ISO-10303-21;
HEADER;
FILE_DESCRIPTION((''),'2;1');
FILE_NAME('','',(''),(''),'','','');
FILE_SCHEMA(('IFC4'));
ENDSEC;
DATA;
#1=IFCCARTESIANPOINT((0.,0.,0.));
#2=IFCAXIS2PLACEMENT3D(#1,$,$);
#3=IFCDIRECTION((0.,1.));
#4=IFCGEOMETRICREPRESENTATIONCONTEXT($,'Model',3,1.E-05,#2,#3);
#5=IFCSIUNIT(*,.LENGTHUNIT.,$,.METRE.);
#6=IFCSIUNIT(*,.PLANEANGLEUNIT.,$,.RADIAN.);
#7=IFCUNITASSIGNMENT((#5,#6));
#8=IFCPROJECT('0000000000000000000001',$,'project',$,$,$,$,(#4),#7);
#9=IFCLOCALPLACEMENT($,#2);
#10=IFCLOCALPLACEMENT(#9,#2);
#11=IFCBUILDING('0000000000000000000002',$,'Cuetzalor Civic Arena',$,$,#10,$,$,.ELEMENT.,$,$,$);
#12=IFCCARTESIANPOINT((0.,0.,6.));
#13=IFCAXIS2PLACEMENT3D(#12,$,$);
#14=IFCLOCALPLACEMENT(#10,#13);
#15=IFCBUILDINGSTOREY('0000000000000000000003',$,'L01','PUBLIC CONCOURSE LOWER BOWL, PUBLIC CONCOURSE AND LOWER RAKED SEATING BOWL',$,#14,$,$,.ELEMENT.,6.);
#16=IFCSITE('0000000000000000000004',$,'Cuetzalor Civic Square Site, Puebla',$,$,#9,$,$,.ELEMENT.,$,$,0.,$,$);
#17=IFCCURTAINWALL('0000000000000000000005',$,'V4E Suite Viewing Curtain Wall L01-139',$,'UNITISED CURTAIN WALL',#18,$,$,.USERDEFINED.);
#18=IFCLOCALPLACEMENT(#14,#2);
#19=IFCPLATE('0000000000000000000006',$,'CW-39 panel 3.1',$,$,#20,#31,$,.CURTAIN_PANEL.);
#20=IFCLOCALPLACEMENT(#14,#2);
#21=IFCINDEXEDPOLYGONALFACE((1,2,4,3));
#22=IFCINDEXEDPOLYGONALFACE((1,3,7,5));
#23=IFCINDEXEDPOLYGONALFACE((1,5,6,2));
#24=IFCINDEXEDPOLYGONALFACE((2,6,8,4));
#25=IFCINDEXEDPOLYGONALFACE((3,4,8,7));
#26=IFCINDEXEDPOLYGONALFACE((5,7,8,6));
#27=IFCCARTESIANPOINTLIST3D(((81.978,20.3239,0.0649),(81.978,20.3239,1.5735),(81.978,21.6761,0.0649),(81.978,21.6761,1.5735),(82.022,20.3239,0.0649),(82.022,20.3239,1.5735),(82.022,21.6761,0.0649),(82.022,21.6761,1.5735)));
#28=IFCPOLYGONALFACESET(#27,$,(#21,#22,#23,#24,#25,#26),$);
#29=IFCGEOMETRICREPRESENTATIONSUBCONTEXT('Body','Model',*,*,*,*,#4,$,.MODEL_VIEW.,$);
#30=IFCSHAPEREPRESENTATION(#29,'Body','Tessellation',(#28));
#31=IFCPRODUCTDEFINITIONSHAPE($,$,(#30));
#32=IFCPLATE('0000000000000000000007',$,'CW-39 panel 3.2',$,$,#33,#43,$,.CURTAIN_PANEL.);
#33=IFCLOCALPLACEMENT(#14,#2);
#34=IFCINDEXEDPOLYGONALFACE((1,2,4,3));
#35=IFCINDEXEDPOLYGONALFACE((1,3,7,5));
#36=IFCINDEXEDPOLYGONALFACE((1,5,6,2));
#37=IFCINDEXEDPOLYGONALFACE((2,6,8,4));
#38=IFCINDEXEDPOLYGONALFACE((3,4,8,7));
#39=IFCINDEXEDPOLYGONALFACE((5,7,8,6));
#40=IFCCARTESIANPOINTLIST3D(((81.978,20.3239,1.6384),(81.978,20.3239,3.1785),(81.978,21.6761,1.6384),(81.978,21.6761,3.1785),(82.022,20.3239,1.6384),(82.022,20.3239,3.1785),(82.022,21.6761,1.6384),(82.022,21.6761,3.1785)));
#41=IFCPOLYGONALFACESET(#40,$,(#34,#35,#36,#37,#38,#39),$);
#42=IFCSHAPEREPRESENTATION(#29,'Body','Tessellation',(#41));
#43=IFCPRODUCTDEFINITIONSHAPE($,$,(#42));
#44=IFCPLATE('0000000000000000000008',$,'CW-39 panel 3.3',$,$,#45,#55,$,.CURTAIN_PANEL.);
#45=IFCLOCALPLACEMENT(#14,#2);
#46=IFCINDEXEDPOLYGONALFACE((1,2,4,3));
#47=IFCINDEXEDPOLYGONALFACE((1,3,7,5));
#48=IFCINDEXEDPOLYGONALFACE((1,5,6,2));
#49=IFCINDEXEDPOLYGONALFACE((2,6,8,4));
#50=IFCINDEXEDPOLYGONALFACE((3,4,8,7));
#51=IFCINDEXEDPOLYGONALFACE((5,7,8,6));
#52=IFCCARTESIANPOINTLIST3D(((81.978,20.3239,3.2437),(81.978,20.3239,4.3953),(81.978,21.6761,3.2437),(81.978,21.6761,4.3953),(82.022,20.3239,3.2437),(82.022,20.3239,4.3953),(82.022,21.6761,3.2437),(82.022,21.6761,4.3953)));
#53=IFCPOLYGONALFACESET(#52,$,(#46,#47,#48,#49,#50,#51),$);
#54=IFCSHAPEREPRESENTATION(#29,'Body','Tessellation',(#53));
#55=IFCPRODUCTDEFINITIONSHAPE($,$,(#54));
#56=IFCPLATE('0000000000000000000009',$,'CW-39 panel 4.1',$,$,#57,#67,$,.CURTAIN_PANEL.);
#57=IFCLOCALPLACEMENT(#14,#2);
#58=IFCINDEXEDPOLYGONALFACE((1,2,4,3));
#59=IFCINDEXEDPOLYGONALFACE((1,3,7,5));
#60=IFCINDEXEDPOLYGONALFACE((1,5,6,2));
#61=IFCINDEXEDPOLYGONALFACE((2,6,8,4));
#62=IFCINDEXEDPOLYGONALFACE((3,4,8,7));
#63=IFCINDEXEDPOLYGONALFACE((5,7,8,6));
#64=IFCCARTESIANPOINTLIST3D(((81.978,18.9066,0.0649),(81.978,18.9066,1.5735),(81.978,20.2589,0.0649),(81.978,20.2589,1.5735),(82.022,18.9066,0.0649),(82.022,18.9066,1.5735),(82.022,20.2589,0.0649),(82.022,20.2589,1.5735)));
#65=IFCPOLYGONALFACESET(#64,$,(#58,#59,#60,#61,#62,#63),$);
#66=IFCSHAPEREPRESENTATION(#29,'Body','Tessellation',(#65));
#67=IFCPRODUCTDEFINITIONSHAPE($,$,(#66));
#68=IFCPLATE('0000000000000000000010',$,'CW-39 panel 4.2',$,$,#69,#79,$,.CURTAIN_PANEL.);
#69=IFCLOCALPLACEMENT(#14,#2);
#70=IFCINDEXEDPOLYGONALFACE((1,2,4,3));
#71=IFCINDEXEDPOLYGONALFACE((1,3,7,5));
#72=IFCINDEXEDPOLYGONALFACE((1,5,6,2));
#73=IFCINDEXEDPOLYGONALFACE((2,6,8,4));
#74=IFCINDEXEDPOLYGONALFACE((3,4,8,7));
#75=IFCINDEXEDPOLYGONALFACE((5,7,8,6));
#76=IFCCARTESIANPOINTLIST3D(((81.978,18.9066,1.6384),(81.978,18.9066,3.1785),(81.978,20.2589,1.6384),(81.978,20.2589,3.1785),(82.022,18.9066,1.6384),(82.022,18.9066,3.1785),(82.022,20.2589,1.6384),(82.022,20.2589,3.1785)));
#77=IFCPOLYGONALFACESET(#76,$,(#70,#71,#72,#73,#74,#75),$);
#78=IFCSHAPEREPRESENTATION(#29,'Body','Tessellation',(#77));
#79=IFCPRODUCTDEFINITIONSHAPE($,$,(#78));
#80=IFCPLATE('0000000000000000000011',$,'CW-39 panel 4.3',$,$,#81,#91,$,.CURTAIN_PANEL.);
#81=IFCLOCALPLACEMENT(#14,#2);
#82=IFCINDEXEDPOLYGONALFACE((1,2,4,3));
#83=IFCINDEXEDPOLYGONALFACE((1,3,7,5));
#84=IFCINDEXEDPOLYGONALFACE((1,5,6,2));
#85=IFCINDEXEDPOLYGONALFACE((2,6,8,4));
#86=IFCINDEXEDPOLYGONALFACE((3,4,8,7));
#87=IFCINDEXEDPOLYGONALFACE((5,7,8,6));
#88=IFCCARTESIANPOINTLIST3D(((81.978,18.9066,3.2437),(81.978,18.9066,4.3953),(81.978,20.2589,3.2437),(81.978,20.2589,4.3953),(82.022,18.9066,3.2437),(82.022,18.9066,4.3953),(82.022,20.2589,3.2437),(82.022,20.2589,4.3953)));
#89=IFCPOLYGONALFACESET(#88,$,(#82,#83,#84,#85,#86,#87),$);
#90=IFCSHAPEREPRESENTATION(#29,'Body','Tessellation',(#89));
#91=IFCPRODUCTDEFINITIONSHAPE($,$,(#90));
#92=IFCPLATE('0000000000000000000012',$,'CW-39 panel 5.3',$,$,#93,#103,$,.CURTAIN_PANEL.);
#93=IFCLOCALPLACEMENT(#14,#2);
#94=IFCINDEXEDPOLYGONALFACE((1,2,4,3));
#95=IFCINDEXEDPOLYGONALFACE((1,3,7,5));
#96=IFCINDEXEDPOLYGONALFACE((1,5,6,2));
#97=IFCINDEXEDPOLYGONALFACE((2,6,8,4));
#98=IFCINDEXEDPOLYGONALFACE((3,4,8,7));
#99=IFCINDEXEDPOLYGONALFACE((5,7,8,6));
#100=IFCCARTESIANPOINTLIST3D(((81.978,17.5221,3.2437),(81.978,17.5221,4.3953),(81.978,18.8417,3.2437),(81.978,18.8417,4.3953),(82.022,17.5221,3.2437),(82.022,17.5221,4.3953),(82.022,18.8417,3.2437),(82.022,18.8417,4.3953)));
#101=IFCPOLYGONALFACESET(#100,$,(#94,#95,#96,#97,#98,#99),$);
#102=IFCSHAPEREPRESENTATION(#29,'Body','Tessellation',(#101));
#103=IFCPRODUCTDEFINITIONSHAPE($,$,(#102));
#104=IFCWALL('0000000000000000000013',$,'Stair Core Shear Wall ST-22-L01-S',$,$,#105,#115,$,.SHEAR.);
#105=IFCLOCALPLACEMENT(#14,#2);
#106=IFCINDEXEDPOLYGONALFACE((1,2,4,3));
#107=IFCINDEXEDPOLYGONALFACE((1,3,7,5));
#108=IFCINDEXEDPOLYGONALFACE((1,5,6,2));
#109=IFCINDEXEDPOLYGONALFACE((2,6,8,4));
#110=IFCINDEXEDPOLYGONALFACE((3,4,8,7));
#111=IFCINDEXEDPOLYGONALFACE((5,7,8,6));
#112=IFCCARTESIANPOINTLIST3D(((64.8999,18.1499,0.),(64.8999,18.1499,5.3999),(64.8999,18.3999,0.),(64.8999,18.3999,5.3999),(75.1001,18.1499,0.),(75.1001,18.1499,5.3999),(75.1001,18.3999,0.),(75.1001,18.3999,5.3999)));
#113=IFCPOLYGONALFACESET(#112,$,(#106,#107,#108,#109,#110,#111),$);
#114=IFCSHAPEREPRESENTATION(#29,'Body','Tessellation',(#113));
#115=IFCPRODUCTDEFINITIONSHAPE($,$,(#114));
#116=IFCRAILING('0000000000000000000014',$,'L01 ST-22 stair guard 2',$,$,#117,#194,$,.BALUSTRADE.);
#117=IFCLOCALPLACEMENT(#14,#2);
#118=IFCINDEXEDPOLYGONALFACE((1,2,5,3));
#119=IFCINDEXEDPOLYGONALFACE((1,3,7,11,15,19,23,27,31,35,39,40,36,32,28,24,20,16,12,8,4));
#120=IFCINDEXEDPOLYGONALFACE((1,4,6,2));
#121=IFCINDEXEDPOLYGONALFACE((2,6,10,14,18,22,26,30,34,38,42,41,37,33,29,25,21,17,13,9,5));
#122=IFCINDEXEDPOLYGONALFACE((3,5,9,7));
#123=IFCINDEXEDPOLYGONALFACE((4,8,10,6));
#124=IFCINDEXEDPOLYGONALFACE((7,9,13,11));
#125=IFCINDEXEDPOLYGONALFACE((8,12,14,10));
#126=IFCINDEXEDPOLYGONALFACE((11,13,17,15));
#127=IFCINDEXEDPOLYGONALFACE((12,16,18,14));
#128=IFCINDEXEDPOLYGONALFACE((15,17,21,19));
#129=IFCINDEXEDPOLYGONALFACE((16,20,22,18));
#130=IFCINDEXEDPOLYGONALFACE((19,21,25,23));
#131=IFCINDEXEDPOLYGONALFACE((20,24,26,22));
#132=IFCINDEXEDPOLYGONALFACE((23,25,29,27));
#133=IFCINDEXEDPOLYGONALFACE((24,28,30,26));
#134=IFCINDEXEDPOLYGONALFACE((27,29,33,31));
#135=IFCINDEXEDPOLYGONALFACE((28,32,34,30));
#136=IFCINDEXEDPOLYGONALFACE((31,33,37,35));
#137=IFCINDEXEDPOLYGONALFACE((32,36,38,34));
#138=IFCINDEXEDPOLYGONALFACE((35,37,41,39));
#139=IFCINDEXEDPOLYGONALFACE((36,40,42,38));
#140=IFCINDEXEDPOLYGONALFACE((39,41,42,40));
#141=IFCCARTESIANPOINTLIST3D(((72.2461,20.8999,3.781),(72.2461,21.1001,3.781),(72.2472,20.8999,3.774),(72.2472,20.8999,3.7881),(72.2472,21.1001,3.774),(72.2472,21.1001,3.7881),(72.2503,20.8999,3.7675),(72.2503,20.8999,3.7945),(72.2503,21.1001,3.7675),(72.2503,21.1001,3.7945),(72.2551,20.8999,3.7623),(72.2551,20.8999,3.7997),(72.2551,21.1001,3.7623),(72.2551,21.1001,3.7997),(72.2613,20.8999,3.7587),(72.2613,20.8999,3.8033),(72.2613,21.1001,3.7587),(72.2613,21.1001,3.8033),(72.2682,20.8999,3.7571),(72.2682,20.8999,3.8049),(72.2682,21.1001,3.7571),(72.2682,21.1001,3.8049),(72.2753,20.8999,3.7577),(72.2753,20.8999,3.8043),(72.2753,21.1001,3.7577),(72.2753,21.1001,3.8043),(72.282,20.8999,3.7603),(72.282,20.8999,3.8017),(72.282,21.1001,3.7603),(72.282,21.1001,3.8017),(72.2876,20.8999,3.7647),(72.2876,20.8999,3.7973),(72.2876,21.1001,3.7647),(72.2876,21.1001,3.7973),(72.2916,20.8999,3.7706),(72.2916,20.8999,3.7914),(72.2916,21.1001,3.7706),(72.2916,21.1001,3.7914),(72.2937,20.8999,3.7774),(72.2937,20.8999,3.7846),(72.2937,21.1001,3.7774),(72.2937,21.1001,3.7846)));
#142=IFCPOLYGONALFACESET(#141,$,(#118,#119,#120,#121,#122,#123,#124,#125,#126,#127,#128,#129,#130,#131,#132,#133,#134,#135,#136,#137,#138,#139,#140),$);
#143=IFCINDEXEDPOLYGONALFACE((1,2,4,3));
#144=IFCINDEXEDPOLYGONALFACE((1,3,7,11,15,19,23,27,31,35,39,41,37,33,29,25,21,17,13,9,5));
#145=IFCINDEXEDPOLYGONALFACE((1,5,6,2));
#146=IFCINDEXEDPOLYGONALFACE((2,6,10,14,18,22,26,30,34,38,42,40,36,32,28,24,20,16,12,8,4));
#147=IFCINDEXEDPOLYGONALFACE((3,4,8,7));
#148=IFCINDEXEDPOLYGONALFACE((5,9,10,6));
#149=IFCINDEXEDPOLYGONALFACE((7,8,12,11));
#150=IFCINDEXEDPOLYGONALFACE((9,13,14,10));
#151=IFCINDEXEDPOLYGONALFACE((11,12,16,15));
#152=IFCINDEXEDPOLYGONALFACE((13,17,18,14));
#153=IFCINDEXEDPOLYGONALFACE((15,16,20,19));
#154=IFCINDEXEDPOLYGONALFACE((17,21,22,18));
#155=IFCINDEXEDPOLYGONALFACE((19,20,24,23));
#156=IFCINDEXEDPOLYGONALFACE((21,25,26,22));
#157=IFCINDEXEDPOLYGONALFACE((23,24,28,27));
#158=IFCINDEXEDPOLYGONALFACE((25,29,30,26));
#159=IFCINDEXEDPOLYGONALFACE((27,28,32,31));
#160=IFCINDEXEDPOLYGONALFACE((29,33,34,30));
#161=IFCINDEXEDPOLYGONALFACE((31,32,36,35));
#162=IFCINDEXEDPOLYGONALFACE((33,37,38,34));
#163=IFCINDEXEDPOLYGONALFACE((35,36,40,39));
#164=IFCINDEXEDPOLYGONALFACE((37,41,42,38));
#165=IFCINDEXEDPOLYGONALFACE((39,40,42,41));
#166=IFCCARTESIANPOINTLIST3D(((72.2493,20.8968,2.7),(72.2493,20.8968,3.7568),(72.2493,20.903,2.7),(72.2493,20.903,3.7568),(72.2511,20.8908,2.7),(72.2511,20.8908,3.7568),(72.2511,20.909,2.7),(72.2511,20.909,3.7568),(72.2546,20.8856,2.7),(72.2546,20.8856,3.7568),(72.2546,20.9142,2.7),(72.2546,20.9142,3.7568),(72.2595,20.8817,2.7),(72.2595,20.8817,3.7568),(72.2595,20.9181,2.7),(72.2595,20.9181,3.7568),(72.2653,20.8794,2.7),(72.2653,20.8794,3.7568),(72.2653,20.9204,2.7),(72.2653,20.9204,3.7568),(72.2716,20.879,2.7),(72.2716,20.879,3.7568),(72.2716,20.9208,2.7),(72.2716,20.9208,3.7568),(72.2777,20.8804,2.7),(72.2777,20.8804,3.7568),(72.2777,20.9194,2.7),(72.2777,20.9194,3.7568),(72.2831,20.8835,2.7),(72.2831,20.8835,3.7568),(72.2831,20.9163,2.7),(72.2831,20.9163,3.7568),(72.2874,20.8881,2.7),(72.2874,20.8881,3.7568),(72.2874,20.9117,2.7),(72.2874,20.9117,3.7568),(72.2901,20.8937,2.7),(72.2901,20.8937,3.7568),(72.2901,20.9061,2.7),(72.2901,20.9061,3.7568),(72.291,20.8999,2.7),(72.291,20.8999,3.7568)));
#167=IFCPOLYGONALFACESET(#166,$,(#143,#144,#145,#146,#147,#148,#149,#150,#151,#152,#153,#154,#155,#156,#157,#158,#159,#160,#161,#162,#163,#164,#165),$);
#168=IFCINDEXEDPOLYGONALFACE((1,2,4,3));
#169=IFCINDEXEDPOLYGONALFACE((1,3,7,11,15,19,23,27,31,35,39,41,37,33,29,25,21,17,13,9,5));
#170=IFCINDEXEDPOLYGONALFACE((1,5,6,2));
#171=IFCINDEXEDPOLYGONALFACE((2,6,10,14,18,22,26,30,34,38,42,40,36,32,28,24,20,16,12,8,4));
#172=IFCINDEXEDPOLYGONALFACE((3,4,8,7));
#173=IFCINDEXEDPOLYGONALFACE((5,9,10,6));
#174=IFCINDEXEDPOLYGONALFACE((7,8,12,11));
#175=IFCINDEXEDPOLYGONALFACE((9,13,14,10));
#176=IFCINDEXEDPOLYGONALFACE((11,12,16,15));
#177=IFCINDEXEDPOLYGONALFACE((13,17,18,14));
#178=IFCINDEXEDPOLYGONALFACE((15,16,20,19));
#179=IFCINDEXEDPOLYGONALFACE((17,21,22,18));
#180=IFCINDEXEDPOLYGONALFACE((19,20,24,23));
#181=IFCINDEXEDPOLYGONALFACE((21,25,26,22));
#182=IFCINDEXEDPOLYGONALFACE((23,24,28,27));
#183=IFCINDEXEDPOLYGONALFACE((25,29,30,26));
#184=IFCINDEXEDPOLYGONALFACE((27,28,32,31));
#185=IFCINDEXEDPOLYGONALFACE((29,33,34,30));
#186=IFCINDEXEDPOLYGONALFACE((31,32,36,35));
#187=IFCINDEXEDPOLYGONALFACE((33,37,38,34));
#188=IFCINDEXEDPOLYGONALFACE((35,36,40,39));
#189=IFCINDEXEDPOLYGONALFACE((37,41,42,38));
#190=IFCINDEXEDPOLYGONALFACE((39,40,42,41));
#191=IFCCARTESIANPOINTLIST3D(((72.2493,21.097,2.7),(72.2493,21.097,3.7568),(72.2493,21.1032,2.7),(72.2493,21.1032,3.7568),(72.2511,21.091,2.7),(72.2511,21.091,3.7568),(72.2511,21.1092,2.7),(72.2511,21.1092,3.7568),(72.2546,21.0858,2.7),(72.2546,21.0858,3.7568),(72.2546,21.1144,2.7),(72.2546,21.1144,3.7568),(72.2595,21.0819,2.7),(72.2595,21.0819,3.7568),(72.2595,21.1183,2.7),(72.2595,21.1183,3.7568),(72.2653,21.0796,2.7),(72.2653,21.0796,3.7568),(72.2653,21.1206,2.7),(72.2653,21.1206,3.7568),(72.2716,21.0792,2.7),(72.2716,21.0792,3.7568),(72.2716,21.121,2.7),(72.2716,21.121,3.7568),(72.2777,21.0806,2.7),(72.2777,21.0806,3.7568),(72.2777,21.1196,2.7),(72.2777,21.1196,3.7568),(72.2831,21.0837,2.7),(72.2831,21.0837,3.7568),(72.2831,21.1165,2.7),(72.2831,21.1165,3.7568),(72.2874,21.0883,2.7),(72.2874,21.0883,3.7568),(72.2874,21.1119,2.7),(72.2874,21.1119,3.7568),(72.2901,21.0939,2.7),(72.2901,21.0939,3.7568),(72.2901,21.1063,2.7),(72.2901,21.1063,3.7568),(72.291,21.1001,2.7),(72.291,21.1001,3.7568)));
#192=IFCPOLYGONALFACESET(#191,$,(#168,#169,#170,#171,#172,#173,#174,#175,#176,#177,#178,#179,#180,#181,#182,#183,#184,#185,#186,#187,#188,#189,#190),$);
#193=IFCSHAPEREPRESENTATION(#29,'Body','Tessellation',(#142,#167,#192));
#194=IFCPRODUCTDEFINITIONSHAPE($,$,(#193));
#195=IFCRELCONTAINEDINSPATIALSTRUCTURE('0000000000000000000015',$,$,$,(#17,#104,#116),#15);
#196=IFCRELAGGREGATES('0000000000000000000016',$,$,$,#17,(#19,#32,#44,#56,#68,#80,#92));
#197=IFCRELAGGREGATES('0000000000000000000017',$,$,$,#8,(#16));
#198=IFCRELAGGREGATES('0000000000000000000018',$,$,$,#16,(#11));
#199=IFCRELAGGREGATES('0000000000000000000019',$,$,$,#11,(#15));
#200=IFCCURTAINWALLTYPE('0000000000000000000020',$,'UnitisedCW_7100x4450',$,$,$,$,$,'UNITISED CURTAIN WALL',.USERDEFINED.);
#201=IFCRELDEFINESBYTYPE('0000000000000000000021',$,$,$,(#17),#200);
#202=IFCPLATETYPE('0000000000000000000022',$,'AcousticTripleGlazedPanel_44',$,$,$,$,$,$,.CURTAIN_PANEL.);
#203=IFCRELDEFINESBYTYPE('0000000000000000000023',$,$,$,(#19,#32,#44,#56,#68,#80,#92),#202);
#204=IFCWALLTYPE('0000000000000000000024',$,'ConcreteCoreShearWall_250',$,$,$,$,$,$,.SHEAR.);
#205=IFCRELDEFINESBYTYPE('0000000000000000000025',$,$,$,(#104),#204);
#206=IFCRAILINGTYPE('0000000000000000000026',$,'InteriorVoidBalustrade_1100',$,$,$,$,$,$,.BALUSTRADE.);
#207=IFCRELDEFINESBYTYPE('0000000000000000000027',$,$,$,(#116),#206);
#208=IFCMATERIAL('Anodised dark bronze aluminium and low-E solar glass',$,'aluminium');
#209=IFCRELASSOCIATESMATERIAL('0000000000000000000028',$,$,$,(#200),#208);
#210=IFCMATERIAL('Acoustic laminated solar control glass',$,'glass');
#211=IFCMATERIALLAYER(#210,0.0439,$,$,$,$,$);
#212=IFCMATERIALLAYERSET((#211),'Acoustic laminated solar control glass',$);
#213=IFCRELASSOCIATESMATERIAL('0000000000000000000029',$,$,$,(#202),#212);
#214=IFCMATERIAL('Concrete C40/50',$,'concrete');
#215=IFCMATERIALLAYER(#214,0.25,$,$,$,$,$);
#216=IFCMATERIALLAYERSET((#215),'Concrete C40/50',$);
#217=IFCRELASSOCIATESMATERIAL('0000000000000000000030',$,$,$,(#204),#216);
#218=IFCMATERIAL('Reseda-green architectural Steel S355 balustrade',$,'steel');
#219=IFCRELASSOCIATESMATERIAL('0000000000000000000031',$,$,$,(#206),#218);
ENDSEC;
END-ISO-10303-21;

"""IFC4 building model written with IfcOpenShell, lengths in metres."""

from ifc_helpers import new_model, si_unit, direction, frame, frame_2d, origin, origin_2d, place, context, subcontext, project, spatial, rectangle, circle, extrude, material, layer, layer_set, type_object, element, aggregate, save


model = new_model("IFC4")

# Units and contexts
model_context = context("Model", 3, precision=1e-05, world=origin(), true_north=direction((0.0, 1.0)))
body_context = subcontext(model_context, "Body", "Model", "MODEL_VIEW")
ifc_project = project(units=[si_unit("LENGTHUNIT", "METRE"), si_unit("PLANEANGLEUNIT", "RADIAN")], contexts=[model_context])

# Site, building, storey
site_placement = place(None, origin())
site = spatial("IfcSite", under=ifc_project, at=site_placement, Name="Cuetzalor Civic Square Site, Puebla", CompositionType="ELEMENT", RefElevation=0.0)
building_placement = place(site_placement, origin())
building = spatial("IfcBuilding", under=site, at=building_placement, Name="Cuetzalor Civic Arena", CompositionType="ELEMENT")
storey_placement = place(building_placement, frame((0.0, 0.0, 6.0)))
storey = spatial("IfcBuildingStorey", under=building, at=storey_placement, Name="L01", Description="PUBLIC CONCOURSE LOWER BOWL, PUBLIC CONCOURSE AND LOWER RAKED SEATING BOWL", CompositionType="ELEMENT", Elevation=6.0)

# Curtain wall
ifc_material_1 = material(Name="Anodised dark bronze aluminium and low-E solar glass", Category="aluminium")
curtain_wall_type = type_object("IfcCurtainWallType", Name="UnitisedCW_7100x4450", ElementType="UNITISED CURTAIN WALL", PredefinedType="USERDEFINED", material=ifc_material_1)
curtain_wall_placement = place(storey_placement, origin())
curtain_wall = element("IfcCurtainWall", 1, at=curtain_wall_placement, inside=storey, type_object=curtain_wall_type, Name="V4E Suite Viewing Curtain Wall L01-139", ObjectType="UNITISED CURTAIN WALL", PredefinedType="USERDEFINED")

# Plates
ifc_material_2 = material(Name="Acoustic laminated solar control glass", Category="glass")
ifc_layer_1 = layer(ifc_material_2, 0.0439)
ifc_layer_set_1 = layer_set([ifc_layer_1], Name="Acoustic laminated solar control glass")
plate_type = type_object("IfcPlateType", Name="AcousticTripleGlazedPanel_44", PredefinedType="CURTAIN_PANEL", material=ifc_layer_set_1)
plate_1_placement = place(storey_placement, frame((82.0, 21.0, 0.0649), z_axis=(0.0, 0.0, 1.0), x_axis=(0.0, -1.0, 0.0)))
plate_1 = element("IfcPlate", 2, at=plate_1_placement, type_object=plate_type, Name="CW-39 panel 3.1", PredefinedType="CURTAIN_PANEL", context=body_context, shape_type="SweptSolid", body=[
    extrude(rectangle(XDim=1.3523, YDim=0.0439, at=origin_2d()), origin(), (0.0, 0.0, 1.0), 1.5085),
])
plate_2_placement = place(storey_placement, frame((82.0, 21.0, 1.6384), z_axis=(0.0, 0.0, 1.0), x_axis=(0.0, -1.0, 0.0)))
plate_2 = element("IfcPlate", 3, at=plate_2_placement, type_object=plate_type, Name="CW-39 panel 3.2", PredefinedType="CURTAIN_PANEL", context=body_context, shape_type="SweptSolid", body=[
    extrude(rectangle(XDim=1.3523, YDim=0.0439, at=origin_2d()), origin(), (0.0, 0.0, 1.0), 1.54),
])
plate_3_placement = place(storey_placement, frame((82.0, 21.0, 3.2437), z_axis=(0.0, 0.0, 1.0), x_axis=(0.0, -1.0, 0.0)))
plate_3 = element("IfcPlate", 4, at=plate_3_placement, type_object=plate_type, Name="CW-39 panel 3.3", PredefinedType="CURTAIN_PANEL", context=body_context, shape_type="SweptSolid", body=[
    extrude(rectangle(XDim=1.3523, YDim=0.0439, at=origin_2d()), origin(), (0.0, 0.0, 1.0), 1.1516),
])
plate_4_placement = place(storey_placement, frame((82.0, 19.5828, 0.0649), z_axis=(0.0, 0.0, 1.0), x_axis=(0.0, -1.0, 0.0)))
plate_4 = element("IfcPlate", 5, at=plate_4_placement, type_object=plate_type, Name="CW-39 panel 4.1", PredefinedType="CURTAIN_PANEL", context=body_context, shape_type="SweptSolid", body=[
    extrude(rectangle(XDim=1.3523, YDim=0.0439, at=origin_2d()), origin(), (0.0, 0.0, 1.0), 1.5085),
])
plate_5_placement = place(storey_placement, frame((82.0, 19.5828, 1.6384), z_axis=(0.0, 0.0, 1.0), x_axis=(0.0, -1.0, 0.0)))
plate_5 = element("IfcPlate", 6, at=plate_5_placement, type_object=plate_type, Name="CW-39 panel 4.2", PredefinedType="CURTAIN_PANEL", context=body_context, shape_type="SweptSolid", body=[
    extrude(rectangle(XDim=1.3523, YDim=0.0439, at=origin_2d()), origin(), (0.0, 0.0, 1.0), 1.54),
])
plate_6_placement = place(storey_placement, frame((82.0, 19.5828, 3.2437), z_axis=(0.0, 0.0, 1.0), x_axis=(0.0, -1.0, 0.0)))
plate_6 = element("IfcPlate", 7, at=plate_6_placement, type_object=plate_type, Name="CW-39 panel 4.3", PredefinedType="CURTAIN_PANEL", context=body_context, shape_type="SweptSolid", body=[
    extrude(rectangle(XDim=1.3523, YDim=0.0439, at=origin_2d()), origin(), (0.0, 0.0, 1.0), 1.1516),
])
plate_7_placement = place(storey_placement, frame((82.0, 18.1819, 3.2437), z_axis=(0.0, 0.0, 1.0), x_axis=(0.0, -1.0, 0.0)))
plate_7 = element("IfcPlate", 8, at=plate_7_placement, type_object=plate_type, Name="CW-39 panel 5.3", PredefinedType="CURTAIN_PANEL", context=body_context, shape_type="SweptSolid", body=[
    extrude(rectangle(XDim=1.3196, YDim=0.0439, at=origin_2d()), origin(), (0.0, 0.0, 1.0), 1.1516),
])
aggregate(curtain_wall, [plate_1, plate_2, plate_3, plate_4, plate_5, plate_6, plate_7])

# Wall
ifc_material_3 = material(Name="Concrete C40/50", Category="concrete")
ifc_layer_2 = layer(ifc_material_3, 0.25)
ifc_layer_set_2 = layer_set([ifc_layer_2], Name="Concrete C40/50")
wall_type = type_object("IfcWallType", Name="ConcreteCoreShearWall_250", PredefinedType="SHEAR", material=ifc_layer_set_2)
wall_placement = place(storey_placement, frame((75.1001, 18.2749, 0.0), z_axis=(0.0, 0.0, 1.0), x_axis=(-1.0, 0.0, 0.0)))
element("IfcWall", 9, at=wall_placement, inside=storey, type_object=wall_type, Name="Stair Core Shear Wall ST-22-L01-S", PredefinedType="SHEAR", context=body_context, shape_type="SweptSolid", body=[
    extrude(rectangle(XDim=10.2002, YDim=0.25, at=frame_2d((5.1001, 0.0))), origin(), (0.0, 0.0, 1.0), 5.3999),
])

# Railing
ifc_material_4 = material(Name="Reseda-green architectural Steel S355 balustrade", Category="steel")
railing_type = type_object("IfcRailingType", Name="InteriorVoidBalustrade_1100", PredefinedType="BALUSTRADE", material=ifc_material_4)
railing_1_placement = place(storey_placement, frame((72.27, 20.8999, 2.7)))
element("IfcRailing", 10, at=railing_1_placement, inside=storey, type_object=railing_type, Name="L01 ST-22 stair guard 2", PredefinedType="BALUSTRADE", context=body_context, shape_type="SweptSolid", body=[
    extrude(circle(Radius=0.0239, at=origin_2d()), frame((0.0, 0.0, 1.0811), z_axis=(0.0, 1.0, 0.0), x_axis=(-1.0, 0.0, 0.0)), (0.0, 0.0, 1.0), 0.2002),
    extrude(circle(Radius=0.021, at=origin_2d()), origin(), (0.0, 0.0, 1.0), 1.0569),
    extrude(circle(Radius=0.021, at=origin_2d()), frame((0.0, 0.2002, 0.0)), (0.0, 0.0, 1.0), 1.0569),
])

save(model, "model.ifc")
